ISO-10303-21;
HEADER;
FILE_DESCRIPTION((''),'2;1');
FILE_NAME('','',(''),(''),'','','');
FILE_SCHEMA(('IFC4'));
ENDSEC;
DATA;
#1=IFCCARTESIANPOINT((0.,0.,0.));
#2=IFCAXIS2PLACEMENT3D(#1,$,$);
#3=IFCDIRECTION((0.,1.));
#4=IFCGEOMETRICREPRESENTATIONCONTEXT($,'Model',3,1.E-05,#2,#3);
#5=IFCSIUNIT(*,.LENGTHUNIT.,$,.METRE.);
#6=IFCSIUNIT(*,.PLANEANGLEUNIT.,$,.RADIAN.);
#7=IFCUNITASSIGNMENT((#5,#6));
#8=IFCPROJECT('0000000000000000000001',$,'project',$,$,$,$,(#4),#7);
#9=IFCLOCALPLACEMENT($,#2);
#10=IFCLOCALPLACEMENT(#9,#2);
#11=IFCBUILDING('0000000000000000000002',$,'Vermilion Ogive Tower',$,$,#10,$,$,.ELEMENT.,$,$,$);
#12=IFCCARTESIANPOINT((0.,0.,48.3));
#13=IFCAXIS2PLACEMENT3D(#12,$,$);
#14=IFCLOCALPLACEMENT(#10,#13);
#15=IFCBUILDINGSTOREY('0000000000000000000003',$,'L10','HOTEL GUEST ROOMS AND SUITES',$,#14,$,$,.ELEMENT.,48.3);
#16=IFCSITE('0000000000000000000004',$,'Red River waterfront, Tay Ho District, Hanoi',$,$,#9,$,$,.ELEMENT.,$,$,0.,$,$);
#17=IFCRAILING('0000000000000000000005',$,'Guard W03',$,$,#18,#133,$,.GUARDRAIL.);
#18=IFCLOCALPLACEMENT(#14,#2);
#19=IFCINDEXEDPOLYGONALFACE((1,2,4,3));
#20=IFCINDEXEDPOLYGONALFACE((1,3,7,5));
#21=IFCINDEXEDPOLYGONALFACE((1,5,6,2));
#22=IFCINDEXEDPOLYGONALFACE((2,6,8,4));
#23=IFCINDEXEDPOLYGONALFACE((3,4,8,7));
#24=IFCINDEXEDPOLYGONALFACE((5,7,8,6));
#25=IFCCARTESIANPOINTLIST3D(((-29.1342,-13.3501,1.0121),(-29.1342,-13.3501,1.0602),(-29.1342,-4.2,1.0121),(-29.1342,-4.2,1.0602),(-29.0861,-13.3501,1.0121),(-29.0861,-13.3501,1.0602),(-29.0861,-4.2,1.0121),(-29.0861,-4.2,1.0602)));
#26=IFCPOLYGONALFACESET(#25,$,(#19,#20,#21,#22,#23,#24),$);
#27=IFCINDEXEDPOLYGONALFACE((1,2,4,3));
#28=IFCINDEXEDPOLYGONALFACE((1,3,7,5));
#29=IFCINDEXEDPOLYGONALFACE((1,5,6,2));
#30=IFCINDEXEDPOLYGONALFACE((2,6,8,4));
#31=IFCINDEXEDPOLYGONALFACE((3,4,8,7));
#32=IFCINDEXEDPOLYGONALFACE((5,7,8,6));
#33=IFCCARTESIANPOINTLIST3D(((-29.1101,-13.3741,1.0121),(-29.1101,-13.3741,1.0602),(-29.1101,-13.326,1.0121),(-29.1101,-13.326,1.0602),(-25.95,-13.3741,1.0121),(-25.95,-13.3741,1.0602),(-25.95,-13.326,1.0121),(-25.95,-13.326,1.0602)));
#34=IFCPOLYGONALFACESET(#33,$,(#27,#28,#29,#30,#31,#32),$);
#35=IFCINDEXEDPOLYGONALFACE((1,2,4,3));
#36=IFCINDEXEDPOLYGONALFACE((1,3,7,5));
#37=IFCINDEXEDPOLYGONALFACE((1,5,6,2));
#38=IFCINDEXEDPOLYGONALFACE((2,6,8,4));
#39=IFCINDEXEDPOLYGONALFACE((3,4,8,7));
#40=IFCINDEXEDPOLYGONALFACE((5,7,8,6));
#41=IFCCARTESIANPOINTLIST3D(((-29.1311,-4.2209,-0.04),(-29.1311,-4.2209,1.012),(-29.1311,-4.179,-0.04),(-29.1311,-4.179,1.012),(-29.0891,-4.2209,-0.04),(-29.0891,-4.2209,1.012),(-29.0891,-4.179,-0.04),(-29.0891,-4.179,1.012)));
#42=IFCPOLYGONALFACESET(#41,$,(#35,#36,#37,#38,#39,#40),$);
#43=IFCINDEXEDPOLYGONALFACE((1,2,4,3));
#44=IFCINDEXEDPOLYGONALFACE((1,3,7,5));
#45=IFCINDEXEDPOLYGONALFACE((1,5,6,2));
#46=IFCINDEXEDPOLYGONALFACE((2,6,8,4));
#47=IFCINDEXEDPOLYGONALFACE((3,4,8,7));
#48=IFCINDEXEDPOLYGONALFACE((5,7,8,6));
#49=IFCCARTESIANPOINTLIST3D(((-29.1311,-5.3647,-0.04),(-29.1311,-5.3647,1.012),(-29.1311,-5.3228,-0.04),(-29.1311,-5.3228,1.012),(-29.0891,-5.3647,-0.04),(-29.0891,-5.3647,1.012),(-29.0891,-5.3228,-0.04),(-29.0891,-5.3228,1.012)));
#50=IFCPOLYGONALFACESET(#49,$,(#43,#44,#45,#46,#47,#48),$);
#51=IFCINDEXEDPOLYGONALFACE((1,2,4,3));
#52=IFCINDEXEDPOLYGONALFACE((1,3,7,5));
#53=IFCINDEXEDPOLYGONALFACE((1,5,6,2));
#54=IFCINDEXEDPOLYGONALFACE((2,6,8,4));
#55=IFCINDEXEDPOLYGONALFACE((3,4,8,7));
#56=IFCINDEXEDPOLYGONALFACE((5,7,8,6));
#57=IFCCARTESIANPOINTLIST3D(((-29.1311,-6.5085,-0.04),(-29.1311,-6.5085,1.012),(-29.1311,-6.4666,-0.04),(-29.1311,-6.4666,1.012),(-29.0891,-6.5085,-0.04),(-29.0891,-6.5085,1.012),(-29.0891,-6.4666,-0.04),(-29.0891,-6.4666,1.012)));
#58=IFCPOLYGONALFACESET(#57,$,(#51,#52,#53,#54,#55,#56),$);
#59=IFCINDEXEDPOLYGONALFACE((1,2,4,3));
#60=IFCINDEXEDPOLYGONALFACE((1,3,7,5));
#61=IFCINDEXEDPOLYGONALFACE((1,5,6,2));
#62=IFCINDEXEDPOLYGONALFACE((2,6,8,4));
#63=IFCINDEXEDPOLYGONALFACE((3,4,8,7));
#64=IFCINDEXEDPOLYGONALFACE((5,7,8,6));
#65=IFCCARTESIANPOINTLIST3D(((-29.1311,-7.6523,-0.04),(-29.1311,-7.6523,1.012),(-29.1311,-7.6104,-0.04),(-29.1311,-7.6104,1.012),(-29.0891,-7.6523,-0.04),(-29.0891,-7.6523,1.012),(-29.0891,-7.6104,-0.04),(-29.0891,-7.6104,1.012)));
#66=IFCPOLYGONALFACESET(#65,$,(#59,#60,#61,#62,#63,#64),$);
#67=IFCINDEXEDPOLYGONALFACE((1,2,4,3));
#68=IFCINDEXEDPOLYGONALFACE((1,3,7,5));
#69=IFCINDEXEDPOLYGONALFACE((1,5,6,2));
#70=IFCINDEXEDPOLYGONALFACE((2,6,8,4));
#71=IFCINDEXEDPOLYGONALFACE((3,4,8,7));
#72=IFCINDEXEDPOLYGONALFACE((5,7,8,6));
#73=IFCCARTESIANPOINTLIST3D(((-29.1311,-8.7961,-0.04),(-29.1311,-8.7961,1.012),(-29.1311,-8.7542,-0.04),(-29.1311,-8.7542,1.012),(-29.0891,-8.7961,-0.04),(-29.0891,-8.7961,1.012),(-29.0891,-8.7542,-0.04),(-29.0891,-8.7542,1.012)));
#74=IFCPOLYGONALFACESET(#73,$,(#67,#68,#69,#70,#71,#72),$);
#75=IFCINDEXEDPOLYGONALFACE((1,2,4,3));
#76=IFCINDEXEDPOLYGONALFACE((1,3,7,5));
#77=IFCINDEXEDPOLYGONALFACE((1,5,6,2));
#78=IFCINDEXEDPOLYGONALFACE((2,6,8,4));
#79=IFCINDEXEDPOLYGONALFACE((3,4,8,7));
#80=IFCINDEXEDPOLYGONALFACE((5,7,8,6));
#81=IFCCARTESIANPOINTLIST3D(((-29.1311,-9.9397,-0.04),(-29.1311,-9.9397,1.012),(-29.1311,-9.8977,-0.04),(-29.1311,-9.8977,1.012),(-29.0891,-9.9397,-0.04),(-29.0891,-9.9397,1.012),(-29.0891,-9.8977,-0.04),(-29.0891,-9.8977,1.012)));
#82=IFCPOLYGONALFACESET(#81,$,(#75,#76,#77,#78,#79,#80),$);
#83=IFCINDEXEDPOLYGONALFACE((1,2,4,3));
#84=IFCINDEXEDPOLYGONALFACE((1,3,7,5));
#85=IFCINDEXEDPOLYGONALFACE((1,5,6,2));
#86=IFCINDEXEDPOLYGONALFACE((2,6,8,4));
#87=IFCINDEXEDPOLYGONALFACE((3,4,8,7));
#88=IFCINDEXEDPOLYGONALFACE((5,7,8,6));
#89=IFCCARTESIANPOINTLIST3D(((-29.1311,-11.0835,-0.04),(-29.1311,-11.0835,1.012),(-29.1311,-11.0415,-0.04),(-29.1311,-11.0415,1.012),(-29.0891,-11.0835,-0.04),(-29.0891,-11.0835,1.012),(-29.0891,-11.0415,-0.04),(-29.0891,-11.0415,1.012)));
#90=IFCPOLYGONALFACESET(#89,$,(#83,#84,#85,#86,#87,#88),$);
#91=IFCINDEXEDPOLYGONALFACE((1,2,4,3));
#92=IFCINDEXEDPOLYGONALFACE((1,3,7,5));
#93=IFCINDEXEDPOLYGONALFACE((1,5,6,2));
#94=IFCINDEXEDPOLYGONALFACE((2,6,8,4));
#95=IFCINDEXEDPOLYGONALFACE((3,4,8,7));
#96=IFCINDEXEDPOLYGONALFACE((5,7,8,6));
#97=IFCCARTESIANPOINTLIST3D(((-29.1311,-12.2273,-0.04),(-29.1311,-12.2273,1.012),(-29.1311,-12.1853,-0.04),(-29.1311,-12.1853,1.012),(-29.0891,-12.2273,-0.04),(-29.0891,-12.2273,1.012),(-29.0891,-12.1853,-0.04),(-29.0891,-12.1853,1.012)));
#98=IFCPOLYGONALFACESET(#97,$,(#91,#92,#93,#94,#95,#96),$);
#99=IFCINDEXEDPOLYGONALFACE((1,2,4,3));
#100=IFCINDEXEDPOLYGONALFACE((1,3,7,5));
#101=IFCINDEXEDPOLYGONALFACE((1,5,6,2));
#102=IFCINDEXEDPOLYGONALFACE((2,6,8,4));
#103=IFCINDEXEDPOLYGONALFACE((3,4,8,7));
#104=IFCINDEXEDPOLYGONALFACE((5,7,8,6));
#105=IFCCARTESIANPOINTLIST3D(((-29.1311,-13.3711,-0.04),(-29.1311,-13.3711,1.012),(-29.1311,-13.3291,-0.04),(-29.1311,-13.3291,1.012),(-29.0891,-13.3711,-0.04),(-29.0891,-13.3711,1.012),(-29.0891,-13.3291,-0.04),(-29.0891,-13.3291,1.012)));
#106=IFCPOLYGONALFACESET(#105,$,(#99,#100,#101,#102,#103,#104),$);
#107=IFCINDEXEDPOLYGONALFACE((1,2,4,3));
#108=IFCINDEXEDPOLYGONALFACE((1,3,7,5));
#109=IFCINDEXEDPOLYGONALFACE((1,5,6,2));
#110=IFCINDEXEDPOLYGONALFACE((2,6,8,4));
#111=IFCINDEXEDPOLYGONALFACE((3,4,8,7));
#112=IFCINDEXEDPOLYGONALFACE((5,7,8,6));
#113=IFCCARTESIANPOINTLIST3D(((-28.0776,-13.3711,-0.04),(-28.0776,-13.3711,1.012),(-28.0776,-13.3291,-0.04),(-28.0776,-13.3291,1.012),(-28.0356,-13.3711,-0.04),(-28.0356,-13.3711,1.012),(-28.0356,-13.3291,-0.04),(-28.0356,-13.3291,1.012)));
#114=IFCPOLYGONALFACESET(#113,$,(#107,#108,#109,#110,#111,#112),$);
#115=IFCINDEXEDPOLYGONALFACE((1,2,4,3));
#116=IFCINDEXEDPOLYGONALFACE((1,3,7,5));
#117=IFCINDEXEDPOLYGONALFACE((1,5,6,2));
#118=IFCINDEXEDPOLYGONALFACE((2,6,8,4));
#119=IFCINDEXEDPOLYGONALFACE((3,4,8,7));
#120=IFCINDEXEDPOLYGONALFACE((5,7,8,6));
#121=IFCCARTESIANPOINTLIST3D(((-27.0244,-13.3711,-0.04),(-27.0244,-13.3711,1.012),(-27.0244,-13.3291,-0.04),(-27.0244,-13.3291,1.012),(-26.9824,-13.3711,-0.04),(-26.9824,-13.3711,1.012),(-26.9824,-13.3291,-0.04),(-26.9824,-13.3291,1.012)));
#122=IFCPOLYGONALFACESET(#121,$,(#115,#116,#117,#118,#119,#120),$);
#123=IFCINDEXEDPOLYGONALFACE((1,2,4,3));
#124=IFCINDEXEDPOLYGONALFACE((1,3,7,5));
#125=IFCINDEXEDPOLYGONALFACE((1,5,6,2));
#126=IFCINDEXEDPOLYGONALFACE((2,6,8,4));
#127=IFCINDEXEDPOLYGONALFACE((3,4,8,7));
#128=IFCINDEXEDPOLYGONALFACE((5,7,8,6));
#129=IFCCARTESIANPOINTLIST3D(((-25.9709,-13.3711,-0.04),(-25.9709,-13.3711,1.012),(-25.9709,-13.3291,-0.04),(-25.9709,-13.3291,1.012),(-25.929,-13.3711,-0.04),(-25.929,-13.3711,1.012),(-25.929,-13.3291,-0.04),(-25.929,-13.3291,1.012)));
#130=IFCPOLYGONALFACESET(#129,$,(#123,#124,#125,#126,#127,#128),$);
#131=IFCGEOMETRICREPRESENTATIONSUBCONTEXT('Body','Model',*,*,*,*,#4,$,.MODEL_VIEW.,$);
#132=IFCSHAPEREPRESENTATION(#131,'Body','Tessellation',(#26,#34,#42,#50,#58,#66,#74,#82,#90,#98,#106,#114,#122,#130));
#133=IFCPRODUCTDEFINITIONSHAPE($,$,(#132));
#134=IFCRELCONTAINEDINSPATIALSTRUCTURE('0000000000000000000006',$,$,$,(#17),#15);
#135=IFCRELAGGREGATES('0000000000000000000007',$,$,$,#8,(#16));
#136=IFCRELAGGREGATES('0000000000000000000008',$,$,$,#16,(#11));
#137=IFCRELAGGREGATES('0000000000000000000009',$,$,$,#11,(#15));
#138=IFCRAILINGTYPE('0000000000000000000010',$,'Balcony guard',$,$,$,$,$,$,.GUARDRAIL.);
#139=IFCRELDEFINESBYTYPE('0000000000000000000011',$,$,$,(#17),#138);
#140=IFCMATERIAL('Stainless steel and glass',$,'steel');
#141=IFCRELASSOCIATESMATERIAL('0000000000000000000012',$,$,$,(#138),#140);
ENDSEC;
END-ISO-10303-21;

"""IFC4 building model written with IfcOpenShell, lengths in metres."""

from ifc_helpers import new_model, si_unit, direction, frame, origin, origin_2d, place, context, subcontext, project, spatial, rectangle, extrude, material, type_object, element, save


model = new_model("IFC4")

# Units and contexts
model_context = context("Model", 3, precision=1e-05, world=origin(), true_north=direction((0.0, 1.0)))
body_context = subcontext(model_context, "Body", "Model", "MODEL_VIEW")
ifc_project = project(units=[si_unit("LENGTHUNIT", "METRE"), si_unit("PLANEANGLEUNIT", "RADIAN")], contexts=[model_context])

# Site, building, storey
site_placement = place(None, origin())
site = spatial("IfcSite", under=ifc_project, at=site_placement, Name="Red River waterfront, Tay Ho District, Hanoi", CompositionType="ELEMENT", RefElevation=0.0)
building_placement = place(site_placement, origin())
building = spatial("IfcBuilding", under=site, at=building_placement, Name="Vermilion Ogive Tower", CompositionType="ELEMENT")
storey_placement = place(building_placement, frame((0.0, 0.0, 48.3)))
storey = spatial("IfcBuildingStorey", under=building, at=storey_placement, Name="L10", Description="HOTEL GUEST ROOMS AND SUITES", CompositionType="ELEMENT", Elevation=48.3)

# Railing
ifc_material_1 = material(Name="Stainless steel and glass", Category="steel")
railing_type = type_object("IfcRailingType", Name="Balcony guard", PredefinedType="GUARDRAIL", material=ifc_material_1)
railing_placement = place(storey_placement, frame((-29.1101, -4.2, -0.04)))
element("IfcRailing", 1, at=railing_placement, inside=storey, type_object=railing_type, Name="Guard W03", PredefinedType="GUARDRAIL", context=body_context, shape_type="SweptSolid", body=[
    extrude(rectangle(XDim=0.0481, YDim=0.0481, at=origin_2d()), frame((0.0, 0.0, 1.0762), z_axis=(0.0, -1.0, 0.0), x_axis=(1.0, 0.0, 0.0)), (0.0, 0.0, 1.0), 9.1501),
    extrude(rectangle(XDim=0.0481, YDim=0.0481, at=origin_2d()), frame((0.0, -9.1501, 1.0762), z_axis=(1.0, 0.0, 0.0), x_axis=(0.0, 1.0, 0.0)), (0.0, 0.0, 1.0), 3.1602),
    extrude(rectangle(XDim=0.042, YDim=0.042, at=origin_2d()), origin(), (0.0, 0.0, 1.0), 1.052),
    extrude(rectangle(XDim=0.042, YDim=0.042, at=origin_2d()), frame((0.0, -1.1438, 0.0)), (0.0, 0.0, 1.0), 1.052),
    extrude(rectangle(XDim=0.042, YDim=0.042, at=origin_2d()), frame((0.0, -2.2876, 0.0)), (0.0, 0.0, 1.0), 1.052),
    extrude(rectangle(XDim=0.042, YDim=0.042, at=origin_2d()), frame((0.0, -3.4314, 0.0)), (0.0, 0.0, 1.0), 1.052),
    extrude(rectangle(XDim=0.042, YDim=0.042, at=origin_2d()), frame((0.0, -4.5752, 0.0)), (0.0, 0.0, 1.0), 1.052),
    extrude(rectangle(XDim=0.042, YDim=0.042, at=origin_2d()), frame((0.0, -5.7188, 0.0)), (0.0, 0.0, 1.0), 1.052),
    extrude(rectangle(XDim=0.042, YDim=0.042, at=origin_2d()), frame((0.0, -6.8625, 0.0)), (0.0, 0.0, 1.0), 1.052),
    extrude(rectangle(XDim=0.042, YDim=0.042, at=origin_2d()), frame((0.0, -8.0063, 0.0)), (0.0, 0.0, 1.0), 1.052),
    extrude(rectangle(XDim=0.042, YDim=0.042, at=origin_2d()), frame((0.0, -9.1501, 0.0)), (0.0, 0.0, 1.0), 1.052),
    extrude(rectangle(XDim=0.042, YDim=0.042, at=origin_2d()), frame((1.0535, -9.1501, 0.0)), (0.0, 0.0, 1.0), 1.052),
    extrude(rectangle(XDim=0.042, YDim=0.042, at=origin_2d()), frame((2.1067, -9.1501, 0.0)), (0.0, 0.0, 1.0), 1.052),
    extrude(rectangle(XDim=0.042, YDim=0.042, at=origin_2d()), frame((3.1602, -9.1501, 0.0)), (0.0, 0.0, 1.0), 1.052),
])

save(model, "model.ifc")
